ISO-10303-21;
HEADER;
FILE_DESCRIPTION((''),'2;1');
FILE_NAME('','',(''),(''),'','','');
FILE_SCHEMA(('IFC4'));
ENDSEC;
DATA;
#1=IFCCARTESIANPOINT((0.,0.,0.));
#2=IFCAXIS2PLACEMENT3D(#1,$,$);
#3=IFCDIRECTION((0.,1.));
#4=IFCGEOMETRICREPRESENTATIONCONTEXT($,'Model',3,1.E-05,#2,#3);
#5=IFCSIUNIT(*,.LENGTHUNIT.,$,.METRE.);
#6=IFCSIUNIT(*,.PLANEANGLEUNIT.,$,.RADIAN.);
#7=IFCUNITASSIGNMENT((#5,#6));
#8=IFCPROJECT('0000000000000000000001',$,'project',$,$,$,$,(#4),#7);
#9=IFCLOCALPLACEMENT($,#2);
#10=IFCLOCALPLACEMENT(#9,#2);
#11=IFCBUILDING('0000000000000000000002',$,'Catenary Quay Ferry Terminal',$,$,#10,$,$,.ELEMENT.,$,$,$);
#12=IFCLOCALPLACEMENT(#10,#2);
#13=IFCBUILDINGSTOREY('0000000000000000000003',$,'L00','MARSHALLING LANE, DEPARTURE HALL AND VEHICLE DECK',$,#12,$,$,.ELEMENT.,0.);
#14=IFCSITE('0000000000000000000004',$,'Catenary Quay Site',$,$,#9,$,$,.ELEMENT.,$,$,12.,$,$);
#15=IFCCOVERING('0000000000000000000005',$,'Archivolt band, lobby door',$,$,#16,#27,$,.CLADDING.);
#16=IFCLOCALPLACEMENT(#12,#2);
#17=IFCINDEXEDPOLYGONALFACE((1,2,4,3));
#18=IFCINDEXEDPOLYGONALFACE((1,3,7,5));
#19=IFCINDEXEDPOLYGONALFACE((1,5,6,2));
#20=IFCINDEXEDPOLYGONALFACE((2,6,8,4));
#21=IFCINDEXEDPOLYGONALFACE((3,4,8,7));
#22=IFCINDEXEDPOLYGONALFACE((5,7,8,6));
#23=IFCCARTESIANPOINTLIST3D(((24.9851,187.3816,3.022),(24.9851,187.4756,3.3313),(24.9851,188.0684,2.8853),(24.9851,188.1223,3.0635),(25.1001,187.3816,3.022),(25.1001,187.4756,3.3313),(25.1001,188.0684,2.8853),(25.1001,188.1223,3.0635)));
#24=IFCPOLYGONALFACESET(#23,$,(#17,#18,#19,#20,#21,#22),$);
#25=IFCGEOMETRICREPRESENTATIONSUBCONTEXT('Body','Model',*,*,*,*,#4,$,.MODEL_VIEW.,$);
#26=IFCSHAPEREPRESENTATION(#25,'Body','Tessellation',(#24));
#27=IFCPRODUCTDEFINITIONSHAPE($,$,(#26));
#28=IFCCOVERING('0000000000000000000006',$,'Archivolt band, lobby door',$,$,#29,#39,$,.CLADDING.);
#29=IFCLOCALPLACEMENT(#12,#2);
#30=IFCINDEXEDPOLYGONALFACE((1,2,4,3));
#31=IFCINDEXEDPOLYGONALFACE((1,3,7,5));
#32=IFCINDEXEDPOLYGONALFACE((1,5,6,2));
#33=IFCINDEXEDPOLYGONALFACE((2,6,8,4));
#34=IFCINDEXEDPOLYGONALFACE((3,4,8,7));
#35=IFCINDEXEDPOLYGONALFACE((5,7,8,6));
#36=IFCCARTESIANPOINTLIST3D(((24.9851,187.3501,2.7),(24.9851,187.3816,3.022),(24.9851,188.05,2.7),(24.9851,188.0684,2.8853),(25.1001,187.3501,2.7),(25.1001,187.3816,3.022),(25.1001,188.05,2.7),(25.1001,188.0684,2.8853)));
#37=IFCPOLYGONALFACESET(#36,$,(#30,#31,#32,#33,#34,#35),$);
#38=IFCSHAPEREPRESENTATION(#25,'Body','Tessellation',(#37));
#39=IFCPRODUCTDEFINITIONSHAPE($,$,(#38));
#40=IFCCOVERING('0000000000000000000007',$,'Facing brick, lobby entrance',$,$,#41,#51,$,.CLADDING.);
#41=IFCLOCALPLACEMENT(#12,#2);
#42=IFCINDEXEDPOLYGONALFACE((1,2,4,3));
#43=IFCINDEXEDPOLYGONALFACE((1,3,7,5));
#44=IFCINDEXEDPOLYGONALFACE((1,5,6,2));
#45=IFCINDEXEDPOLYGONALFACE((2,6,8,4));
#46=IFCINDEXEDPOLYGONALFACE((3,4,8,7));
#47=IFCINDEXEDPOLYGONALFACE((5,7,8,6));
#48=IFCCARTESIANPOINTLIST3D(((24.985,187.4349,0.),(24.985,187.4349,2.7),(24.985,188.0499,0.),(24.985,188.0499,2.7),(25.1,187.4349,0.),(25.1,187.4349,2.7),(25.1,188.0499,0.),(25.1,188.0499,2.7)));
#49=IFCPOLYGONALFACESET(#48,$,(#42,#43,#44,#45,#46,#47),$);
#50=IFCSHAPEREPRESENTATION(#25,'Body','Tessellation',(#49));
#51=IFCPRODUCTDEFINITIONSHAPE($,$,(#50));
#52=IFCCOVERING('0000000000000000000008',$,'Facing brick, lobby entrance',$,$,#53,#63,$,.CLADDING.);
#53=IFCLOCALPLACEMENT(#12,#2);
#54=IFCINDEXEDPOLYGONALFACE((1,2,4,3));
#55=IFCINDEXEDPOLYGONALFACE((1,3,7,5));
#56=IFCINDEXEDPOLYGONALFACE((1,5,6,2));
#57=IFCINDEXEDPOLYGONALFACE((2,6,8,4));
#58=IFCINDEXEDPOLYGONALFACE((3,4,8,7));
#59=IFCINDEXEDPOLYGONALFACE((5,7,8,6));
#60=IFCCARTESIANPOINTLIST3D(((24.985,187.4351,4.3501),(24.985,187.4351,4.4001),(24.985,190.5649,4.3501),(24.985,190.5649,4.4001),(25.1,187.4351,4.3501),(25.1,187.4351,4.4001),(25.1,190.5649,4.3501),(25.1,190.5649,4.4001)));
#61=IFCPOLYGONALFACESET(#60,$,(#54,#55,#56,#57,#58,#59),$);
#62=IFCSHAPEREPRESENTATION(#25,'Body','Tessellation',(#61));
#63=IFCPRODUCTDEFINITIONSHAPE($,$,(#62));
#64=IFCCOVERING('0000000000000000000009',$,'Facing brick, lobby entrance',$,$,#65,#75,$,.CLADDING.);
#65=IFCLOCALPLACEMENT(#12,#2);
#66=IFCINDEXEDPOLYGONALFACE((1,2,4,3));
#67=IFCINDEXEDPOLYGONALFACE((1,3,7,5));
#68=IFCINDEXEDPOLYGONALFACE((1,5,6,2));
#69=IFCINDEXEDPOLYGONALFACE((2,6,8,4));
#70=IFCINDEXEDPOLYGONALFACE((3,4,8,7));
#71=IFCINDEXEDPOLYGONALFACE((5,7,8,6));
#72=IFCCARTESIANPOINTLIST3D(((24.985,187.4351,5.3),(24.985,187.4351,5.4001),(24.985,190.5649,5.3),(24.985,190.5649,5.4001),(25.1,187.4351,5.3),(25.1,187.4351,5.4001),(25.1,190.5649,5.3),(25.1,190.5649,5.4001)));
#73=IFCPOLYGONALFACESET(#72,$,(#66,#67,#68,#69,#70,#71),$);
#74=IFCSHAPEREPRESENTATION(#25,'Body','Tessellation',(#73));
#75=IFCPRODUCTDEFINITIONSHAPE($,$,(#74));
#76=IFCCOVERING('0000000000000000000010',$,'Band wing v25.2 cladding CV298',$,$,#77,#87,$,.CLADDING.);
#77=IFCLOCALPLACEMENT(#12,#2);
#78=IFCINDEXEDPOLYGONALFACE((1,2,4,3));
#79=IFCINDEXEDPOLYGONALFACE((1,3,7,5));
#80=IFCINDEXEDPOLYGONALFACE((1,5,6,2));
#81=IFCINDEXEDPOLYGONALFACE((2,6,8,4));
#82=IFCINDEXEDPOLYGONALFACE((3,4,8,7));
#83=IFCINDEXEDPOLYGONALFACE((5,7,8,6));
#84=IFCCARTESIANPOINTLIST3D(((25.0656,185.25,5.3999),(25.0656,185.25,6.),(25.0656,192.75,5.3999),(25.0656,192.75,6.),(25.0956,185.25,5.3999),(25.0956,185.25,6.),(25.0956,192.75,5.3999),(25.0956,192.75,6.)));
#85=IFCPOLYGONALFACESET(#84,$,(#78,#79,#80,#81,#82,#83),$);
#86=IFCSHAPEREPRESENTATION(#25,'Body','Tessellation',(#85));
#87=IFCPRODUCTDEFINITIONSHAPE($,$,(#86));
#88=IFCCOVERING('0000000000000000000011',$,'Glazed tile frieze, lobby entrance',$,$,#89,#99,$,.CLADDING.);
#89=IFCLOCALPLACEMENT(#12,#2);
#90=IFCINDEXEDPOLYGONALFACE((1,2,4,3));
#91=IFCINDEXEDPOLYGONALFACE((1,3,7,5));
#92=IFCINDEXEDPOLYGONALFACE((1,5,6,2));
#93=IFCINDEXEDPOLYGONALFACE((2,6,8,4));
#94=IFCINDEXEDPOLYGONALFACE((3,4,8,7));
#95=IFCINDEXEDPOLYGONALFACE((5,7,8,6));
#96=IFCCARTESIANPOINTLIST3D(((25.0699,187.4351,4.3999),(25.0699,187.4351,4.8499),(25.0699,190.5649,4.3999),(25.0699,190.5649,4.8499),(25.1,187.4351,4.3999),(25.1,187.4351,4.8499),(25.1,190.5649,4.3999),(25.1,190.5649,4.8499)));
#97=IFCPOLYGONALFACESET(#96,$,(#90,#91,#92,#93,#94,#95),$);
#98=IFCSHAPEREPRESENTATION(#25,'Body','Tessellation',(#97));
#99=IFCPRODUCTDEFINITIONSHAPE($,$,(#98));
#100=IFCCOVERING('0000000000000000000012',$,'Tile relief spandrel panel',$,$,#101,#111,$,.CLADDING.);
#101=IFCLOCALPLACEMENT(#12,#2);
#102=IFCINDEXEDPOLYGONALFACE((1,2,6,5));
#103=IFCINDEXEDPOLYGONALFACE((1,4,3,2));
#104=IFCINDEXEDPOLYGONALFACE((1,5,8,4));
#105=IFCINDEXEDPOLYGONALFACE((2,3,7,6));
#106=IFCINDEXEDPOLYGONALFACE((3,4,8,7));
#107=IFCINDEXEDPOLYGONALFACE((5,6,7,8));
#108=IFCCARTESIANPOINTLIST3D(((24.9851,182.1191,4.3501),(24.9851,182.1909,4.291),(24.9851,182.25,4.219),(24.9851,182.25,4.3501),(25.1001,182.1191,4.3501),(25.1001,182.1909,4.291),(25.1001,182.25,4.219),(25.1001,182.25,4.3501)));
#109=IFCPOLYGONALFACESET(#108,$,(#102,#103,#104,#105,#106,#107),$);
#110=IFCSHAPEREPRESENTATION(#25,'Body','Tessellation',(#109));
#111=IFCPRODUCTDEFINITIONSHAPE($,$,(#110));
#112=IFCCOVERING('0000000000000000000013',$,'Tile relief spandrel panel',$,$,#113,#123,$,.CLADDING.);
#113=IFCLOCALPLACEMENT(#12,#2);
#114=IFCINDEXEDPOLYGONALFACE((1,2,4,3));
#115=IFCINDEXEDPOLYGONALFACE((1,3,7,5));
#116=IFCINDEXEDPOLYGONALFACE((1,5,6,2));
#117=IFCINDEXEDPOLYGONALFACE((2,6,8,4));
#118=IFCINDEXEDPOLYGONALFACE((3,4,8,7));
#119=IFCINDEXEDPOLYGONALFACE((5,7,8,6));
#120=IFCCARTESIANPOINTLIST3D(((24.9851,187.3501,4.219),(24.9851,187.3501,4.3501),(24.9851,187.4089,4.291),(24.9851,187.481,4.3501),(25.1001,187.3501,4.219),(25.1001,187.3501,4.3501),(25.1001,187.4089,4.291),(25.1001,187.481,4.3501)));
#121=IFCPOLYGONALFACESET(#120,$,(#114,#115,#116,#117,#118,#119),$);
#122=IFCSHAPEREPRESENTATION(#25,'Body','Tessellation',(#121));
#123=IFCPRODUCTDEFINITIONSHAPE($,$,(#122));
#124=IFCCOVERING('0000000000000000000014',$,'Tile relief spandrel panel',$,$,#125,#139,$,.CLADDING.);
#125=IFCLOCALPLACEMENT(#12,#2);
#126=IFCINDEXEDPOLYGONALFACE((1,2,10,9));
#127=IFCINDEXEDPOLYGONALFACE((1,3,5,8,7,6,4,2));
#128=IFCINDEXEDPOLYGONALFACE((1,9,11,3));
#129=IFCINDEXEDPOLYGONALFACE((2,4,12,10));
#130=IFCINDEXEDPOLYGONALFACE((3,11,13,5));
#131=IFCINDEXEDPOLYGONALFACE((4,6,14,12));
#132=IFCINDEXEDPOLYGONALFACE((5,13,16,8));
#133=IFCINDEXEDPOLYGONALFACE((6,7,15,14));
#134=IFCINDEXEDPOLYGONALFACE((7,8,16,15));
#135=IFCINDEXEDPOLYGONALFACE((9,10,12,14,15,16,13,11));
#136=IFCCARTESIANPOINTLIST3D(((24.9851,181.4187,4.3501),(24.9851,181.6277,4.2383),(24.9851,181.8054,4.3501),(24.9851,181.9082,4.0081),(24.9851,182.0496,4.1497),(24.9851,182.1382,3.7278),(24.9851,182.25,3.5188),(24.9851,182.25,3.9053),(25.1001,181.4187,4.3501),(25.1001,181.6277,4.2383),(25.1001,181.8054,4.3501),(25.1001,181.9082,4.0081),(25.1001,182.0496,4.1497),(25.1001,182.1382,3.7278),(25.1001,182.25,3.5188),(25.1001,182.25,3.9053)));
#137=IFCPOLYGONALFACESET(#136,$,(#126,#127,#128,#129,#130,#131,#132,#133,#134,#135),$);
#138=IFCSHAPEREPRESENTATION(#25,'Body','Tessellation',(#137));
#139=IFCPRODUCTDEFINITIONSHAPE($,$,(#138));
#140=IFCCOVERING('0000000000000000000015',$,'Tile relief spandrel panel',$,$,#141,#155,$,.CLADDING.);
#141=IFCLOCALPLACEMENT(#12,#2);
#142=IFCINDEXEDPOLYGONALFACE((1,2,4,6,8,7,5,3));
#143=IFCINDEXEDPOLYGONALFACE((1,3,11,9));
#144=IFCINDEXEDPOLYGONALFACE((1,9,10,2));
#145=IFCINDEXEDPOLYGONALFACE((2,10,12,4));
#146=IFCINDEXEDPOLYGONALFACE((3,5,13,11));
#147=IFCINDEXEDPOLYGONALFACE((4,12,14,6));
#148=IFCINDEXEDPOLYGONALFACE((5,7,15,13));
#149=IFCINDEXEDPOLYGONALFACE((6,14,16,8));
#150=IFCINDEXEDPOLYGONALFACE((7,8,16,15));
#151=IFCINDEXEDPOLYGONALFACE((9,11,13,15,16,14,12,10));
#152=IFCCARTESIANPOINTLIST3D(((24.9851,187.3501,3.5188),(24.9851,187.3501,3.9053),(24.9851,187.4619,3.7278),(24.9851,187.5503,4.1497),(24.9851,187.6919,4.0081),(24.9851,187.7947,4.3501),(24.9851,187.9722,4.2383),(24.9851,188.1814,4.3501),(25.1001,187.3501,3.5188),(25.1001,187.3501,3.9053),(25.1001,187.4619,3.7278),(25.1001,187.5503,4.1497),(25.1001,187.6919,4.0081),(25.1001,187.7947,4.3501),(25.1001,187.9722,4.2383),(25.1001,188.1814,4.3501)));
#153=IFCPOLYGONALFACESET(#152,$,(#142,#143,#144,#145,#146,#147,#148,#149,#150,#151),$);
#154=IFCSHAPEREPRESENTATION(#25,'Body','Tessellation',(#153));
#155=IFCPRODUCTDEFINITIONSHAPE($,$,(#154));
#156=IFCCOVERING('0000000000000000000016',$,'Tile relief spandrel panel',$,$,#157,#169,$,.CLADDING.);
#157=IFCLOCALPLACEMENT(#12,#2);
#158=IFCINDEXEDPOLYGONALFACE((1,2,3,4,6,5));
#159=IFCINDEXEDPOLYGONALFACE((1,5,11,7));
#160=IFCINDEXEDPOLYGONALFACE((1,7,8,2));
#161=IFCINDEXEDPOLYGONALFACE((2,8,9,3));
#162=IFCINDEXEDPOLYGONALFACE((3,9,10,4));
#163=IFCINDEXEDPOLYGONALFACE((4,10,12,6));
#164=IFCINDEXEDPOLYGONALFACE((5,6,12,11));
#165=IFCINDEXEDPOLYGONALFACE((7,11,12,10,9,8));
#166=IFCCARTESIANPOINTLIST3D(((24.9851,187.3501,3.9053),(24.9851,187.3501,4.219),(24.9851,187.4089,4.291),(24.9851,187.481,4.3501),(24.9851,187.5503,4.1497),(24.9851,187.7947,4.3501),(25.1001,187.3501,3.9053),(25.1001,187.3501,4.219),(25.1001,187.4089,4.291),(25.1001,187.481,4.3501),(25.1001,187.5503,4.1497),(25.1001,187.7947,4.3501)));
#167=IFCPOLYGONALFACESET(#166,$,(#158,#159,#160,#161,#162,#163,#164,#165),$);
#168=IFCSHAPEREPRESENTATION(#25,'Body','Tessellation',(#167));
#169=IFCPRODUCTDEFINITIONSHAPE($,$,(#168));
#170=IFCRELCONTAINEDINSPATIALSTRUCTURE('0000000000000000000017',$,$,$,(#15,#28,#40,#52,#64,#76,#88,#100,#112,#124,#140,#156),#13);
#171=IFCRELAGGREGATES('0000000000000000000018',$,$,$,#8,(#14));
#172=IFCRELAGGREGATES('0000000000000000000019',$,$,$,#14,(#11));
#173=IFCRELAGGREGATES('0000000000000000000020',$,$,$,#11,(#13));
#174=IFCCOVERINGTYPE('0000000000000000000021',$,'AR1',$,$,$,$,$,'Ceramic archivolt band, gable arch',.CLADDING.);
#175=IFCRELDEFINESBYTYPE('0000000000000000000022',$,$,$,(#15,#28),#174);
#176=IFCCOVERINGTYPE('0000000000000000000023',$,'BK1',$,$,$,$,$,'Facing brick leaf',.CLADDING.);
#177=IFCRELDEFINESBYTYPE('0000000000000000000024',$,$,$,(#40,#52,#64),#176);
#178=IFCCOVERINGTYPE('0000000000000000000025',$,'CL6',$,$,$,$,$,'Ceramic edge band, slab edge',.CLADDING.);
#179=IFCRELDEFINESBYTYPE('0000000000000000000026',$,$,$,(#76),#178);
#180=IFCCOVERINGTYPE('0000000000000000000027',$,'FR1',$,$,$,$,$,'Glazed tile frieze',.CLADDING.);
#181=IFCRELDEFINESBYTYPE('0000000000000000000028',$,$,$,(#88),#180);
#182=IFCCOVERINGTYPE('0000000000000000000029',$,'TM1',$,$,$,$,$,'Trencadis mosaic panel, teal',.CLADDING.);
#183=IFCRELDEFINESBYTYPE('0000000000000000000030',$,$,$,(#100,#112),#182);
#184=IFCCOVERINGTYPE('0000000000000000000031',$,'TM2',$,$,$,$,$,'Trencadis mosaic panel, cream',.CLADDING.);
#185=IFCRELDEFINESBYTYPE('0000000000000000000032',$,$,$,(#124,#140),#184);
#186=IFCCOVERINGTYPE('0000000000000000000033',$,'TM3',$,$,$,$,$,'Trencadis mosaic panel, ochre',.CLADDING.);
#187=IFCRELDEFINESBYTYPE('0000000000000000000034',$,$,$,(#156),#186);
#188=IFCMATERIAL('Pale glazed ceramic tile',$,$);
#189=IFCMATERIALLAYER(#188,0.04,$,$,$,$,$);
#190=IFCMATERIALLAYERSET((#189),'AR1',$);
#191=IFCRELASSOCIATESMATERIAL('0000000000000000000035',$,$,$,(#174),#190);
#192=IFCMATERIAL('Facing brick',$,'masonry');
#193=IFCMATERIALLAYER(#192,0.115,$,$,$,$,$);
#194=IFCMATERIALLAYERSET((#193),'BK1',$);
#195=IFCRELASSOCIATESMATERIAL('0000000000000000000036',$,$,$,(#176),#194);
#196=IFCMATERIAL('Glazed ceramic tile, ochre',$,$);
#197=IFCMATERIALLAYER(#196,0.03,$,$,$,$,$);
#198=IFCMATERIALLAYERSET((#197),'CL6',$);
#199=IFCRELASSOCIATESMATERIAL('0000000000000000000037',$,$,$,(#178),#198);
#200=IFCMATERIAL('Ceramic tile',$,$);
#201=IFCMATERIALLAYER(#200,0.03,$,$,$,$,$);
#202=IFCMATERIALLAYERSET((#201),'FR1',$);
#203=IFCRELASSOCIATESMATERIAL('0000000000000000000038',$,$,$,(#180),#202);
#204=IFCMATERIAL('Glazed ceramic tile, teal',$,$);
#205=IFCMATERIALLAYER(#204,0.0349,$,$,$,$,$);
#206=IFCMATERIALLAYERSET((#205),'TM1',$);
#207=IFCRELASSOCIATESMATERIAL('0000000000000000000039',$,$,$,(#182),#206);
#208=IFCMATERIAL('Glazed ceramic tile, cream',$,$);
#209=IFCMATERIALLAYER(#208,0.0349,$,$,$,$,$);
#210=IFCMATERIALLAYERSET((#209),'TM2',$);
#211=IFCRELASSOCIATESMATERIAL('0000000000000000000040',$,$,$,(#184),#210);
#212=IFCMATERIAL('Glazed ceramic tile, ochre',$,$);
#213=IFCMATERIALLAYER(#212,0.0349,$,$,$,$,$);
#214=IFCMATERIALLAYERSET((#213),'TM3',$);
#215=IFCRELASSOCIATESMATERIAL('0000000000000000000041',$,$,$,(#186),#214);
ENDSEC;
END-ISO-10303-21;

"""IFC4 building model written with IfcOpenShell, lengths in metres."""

from ifc_helpers import new_model, si_unit, direction, frame, origin, origin_2d, place, context, subcontext, project, spatial, polyline, rectangle, outline, extrude, material, layer, layer_set, type_object, element, save


model = new_model("IFC4")

# Units and contexts
model_context = context("Model", 3, precision=1e-05, world=origin(), true_north=direction((0.0, 1.0)))
body_context = subcontext(model_context, "Body", "Model", "MODEL_VIEW")
ifc_project = project(units=[si_unit("LENGTHUNIT", "METRE"), si_unit("PLANEANGLEUNIT", "RADIAN")], contexts=[model_context])

# Site, building, storey
site_placement = place(None, origin())
site = spatial("IfcSite", under=ifc_project, at=site_placement, Name="Catenary Quay Site", CompositionType="ELEMENT", RefElevation=12.0)
building_placement = place(site_placement, origin())
building = spatial("IfcBuilding", under=site, at=building_placement, Name="Catenary Quay Ferry Terminal", CompositionType="ELEMENT")
storey_placement = place(building_placement, origin())
storey = spatial("IfcBuildingStorey", under=building, at=storey_placement, Name="L00", Description="MARSHALLING LANE, DEPARTURE HALL AND VEHICLE DECK", CompositionType="ELEMENT", Elevation=0.0)

# Coverings
ifc_material_1 = material(Name="Pale glazed ceramic tile")
ifc_layer_1 = layer(ifc_material_1, 0.04)
ifc_layer_set_1 = layer_set([ifc_layer_1], Name="AR1")
covering_type_1 = type_object("IfcCoveringType", Name="AR1", ElementType="Ceramic archivolt band, gable arch", PredefinedType="CLADDING", material=ifc_layer_set_1)
covering_1_placement = place(storey_placement, frame((25.1001, 187.4756, 3.3313), z_axis=(1.0, 0.0, 0.0), x_axis=(0.0, -0.290741, -0.956802)))
element("IfcCovering", 1, at=covering_1_placement, inside=storey, type_object=covering_type_1, Name="Archivolt band, lobby door", PredefinedType="CLADDING", context=body_context, shape_type="SweptSolid", body=[
    extrude(outline(polyline([(0.0, 0.0), (0.3233, 0.0), (0.2544, 0.6969), (0.0682, 0.6967), (0.0, 0.0)])), origin(), (0.0, 0.0, -1.0), 0.115),
])
covering_2_placement = place(storey_placement, frame((25.1001, 187.3816, 3.022), z_axis=(1.0, 0.0, 0.0), x_axis=(0.0, -0.097337, -0.995251)))
element("IfcCovering", 2, at=covering_2_placement, inside=storey, type_object=covering_type_1, Name="Archivolt band, lobby door", PredefinedType="CLADDING", context=body_context, shape_type="SweptSolid", body=[
    extrude(outline(polyline([(0.0, 0.0), (0.3236, 0.0), (0.2554, 0.6966), (0.0692, 0.6968), (0.0, 0.0)])), origin(), (0.0, 0.0, -1.0), 0.115),
])
ifc_material_2 = material(Name="Facing brick", Category="masonry")
ifc_layer_2 = layer(ifc_material_2, 0.115)
ifc_layer_set_2 = layer_set([ifc_layer_2], Name="BK1")
covering_type_2 = type_object("IfcCoveringType", Name="BK1", ElementType="Facing brick leaf", PredefinedType="CLADDING", material=ifc_layer_set_2)
covering_3_placement = place(storey_placement, frame((25.0425, 187.7424, 0.0), z_axis=(0.0, 0.0, 1.0), x_axis=(1.0, 0.0, 0.0)))
element("IfcCovering", 3, at=covering_3_placement, inside=storey, type_object=covering_type_2, Name="Facing brick, lobby entrance", PredefinedType="CLADDING", context=body_context, shape_type="SweptSolid", body=[
    extrude(rectangle(XDim=0.115, YDim=0.615, at=origin_2d()), origin(), (0.0, 0.0, 1.0), 2.7),
])
covering_4_placement = place(storey_placement, frame((25.0425, 189.0, 4.3501), z_axis=(0.0, 0.0, 1.0), x_axis=(1.0, 0.0, 0.0)))
element("IfcCovering", 4, at=covering_4_placement, inside=storey, type_object=covering_type_2, Name="Facing brick, lobby entrance", PredefinedType="CLADDING", context=body_context, shape_type="SweptSolid", body=[
    extrude(rectangle(XDim=0.115, YDim=3.1299, at=origin_2d()), origin(), (0.0, 0.0, 1.0), 0.05),
])
covering_5_placement = place(storey_placement, frame((25.0425, 189.0, 5.3), z_axis=(0.0, 0.0, 1.0), x_axis=(1.0, 0.0, 0.0)))
element("IfcCovering", 5, at=covering_5_placement, inside=storey, type_object=covering_type_2, Name="Facing brick, lobby entrance", PredefinedType="CLADDING", context=body_context, shape_type="SweptSolid", body=[
    extrude(rectangle(XDim=0.115, YDim=3.1299, at=origin_2d()), origin(), (0.0, 0.0, 1.0), 0.1001),
])
ifc_material_3 = material(Name="Glazed ceramic tile, ochre")
ifc_layer_3 = layer(ifc_material_3, 0.03)
ifc_layer_set_3 = layer_set([ifc_layer_3], Name="CL6")
covering_type_3 = type_object("IfcCoveringType", Name="CL6", ElementType="Ceramic edge band, slab edge", PredefinedType="CLADDING", material=ifc_layer_set_3)
covering_6_placement = place(storey_placement, frame((25.0806, 189.0, 5.3999), z_axis=(0.0, 0.0, 1.0), x_axis=(1.0, 0.0, 0.0)))
element("IfcCovering", 6, at=covering_6_placement, inside=storey, type_object=covering_type_3, Name="Band wing v25.2 cladding CV298", PredefinedType="CLADDING", context=body_context, shape_type="SweptSolid", body=[
    extrude(rectangle(XDim=0.03, YDim=7.5, at=origin_2d()), origin(), (0.0, 0.0, 1.0), 0.6001),
])
ifc_material_4 = material(Name="Ceramic tile")
ifc_layer_4 = layer(ifc_material_4, 0.03)
ifc_layer_set_4 = layer_set([ifc_layer_4], Name="FR1")
covering_type_4 = type_object("IfcCoveringType", Name="FR1", ElementType="Glazed tile frieze", PredefinedType="CLADDING", material=ifc_layer_set_4)
covering_7_placement = place(storey_placement, frame((25.085, 189.0, 4.3999), z_axis=(0.0, 0.0, 1.0), x_axis=(1.0, 0.0, 0.0)))
element("IfcCovering", 7, at=covering_7_placement, inside=storey, type_object=covering_type_4, Name="Glazed tile frieze, lobby entrance", PredefinedType="CLADDING", context=body_context, shape_type="SweptSolid", body=[
    extrude(rectangle(XDim=0.03, YDim=3.1299, at=origin_2d()), origin(), (0.0, 0.0, 1.0), 0.45),
])
ifc_material_5 = material(Name="Glazed ceramic tile, teal")
ifc_layer_5 = layer(ifc_material_5, 0.0349)
ifc_layer_set_5 = layer_set([ifc_layer_5], Name="TM1")
covering_type_5 = type_object("IfcCoveringType", Name="TM1", ElementType="Trencadis mosaic panel, teal", PredefinedType="CLADDING", material=ifc_layer_set_5)
covering_8_placement = place(storey_placement, frame((25.1001, 182.1191, 4.3501), z_axis=(1.0, 0.0, 0.0), x_axis=(0.0, 0.772082, -0.635523)))
element("IfcCovering", 8, at=covering_8_placement, inside=storey, type_object=covering_type_5, Name="Tile relief spandrel panel", PredefinedType="CLADDING", context=body_context, shape_type="SweptSolid", body=[
    extrude(outline(polyline([(0.0, 0.0), (0.093, 0.0), (0.1844, -0.0181), (0.101, 0.0832), (0.0, 0.0)])), origin(), (0.0, 0.0, -1.0), 0.115),
])
covering_9_placement = place(storey_placement, frame((25.1001, 187.3501, 4.3501), z_axis=(1.0, 0.0, 0.0), x_axis=(0.0, 0.0, -1.0)))
element("IfcCovering", 9, at=covering_9_placement, inside=storey, type_object=covering_type_5, Name="Tile relief spandrel panel", PredefinedType="CLADDING", context=body_context, shape_type="SweptSolid", body=[
    extrude(outline(polyline([(0.0, 0.0), (0.1311, 0.0), (0.0591, 0.0588), (0.0, 0.1309), (0.0, 0.0)])), origin(), (0.0, 0.0, -1.0), 0.115),
])
ifc_material_6 = material(Name="Glazed ceramic tile, cream")
ifc_layer_6 = layer(ifc_material_6, 0.0349)
ifc_layer_set_6 = layer_set([ifc_layer_6], Name="TM2")
covering_type_6 = type_object("IfcCoveringType", Name="TM2", ElementType="Trencadis mosaic panel, cream", PredefinedType="CLADDING", material=ifc_layer_set_6)
covering_10_placement = place(storey_placement, frame((25.1001, 182.0496, 4.1497), z_axis=(1.0, 0.0, 0.0), x_axis=(0.0, -0.772889, 0.634542)))
element("IfcCovering", 10, at=covering_10_placement, inside=storey, type_object=covering_type_6, Name="Tile relief spandrel panel", PredefinedType="CLADDING", context=body_context, shape_type="SweptSolid", body=[
    extrude(outline(polyline([(0.0, 0.0), (0.3159, 0.0), (0.6148, 0.2454), (0.3823, 0.1992), (0.0194, 0.1991), (-0.3362, 0.2698), (-0.5552, 0.3604), (-0.31, 0.0617), (0.0, 0.0)])), origin(), (0.0, 0.0, -1.0), 0.115),
])
covering_11_placement = place(storey_placement, frame((25.1001, 187.3501, 3.9053), z_axis=(1.0, 0.0, 0.0), x_axis=(0.0, 0.0, -1.0)))
element("IfcCovering", 11, at=covering_11_placement, inside=storey, type_object=covering_type_6, Name="Tile relief spandrel panel", PredefinedType="CLADDING", context=body_context, shape_type="SweptSolid", body=[
    extrude(outline(polyline([(0.0, 0.0), (0.3865, 0.0), (0.1775, 0.1118), (-0.1028, 0.3418), (-0.333, 0.6221), (-0.4448, 0.8313), (-0.4448, 0.4446), (-0.2444, 0.2002), (0.0, 0.0)])), origin(), (0.0, 0.0, -1.0), 0.115),
])
ifc_material_7 = material(Name="Glazed ceramic tile, ochre")
ifc_layer_7 = layer(ifc_material_7, 0.0349)
ifc_layer_set_7 = layer_set([ifc_layer_7], Name="TM3")
covering_type_7 = type_object("IfcCoveringType", Name="TM3", ElementType="Trencadis mosaic panel, ochre", PredefinedType="CLADDING", material=ifc_layer_set_7)
covering_12_placement = place(storey_placement, frame((25.1001, 187.3501, 4.219), z_axis=(1.0, 0.0, 0.0), x_axis=(0.0, 0.0, -1.0)))
element("IfcCovering", 12, at=covering_12_placement, inside=storey, type_object=covering_type_7, Name="Tile relief spandrel panel", PredefinedType="CLADDING", context=body_context, shape_type="SweptSolid", body=[
    extrude(outline(polyline([(0.0, 0.0), (0.3137, 0.0), (0.0693, 0.2002), (-0.1311, 0.4446), (-0.1311, 0.1309), (-0.072, 0.0588), (0.0, 0.0)])), origin(), (0.0, 0.0, -1.0), 0.115),
])

save(model, "model.ifc")
